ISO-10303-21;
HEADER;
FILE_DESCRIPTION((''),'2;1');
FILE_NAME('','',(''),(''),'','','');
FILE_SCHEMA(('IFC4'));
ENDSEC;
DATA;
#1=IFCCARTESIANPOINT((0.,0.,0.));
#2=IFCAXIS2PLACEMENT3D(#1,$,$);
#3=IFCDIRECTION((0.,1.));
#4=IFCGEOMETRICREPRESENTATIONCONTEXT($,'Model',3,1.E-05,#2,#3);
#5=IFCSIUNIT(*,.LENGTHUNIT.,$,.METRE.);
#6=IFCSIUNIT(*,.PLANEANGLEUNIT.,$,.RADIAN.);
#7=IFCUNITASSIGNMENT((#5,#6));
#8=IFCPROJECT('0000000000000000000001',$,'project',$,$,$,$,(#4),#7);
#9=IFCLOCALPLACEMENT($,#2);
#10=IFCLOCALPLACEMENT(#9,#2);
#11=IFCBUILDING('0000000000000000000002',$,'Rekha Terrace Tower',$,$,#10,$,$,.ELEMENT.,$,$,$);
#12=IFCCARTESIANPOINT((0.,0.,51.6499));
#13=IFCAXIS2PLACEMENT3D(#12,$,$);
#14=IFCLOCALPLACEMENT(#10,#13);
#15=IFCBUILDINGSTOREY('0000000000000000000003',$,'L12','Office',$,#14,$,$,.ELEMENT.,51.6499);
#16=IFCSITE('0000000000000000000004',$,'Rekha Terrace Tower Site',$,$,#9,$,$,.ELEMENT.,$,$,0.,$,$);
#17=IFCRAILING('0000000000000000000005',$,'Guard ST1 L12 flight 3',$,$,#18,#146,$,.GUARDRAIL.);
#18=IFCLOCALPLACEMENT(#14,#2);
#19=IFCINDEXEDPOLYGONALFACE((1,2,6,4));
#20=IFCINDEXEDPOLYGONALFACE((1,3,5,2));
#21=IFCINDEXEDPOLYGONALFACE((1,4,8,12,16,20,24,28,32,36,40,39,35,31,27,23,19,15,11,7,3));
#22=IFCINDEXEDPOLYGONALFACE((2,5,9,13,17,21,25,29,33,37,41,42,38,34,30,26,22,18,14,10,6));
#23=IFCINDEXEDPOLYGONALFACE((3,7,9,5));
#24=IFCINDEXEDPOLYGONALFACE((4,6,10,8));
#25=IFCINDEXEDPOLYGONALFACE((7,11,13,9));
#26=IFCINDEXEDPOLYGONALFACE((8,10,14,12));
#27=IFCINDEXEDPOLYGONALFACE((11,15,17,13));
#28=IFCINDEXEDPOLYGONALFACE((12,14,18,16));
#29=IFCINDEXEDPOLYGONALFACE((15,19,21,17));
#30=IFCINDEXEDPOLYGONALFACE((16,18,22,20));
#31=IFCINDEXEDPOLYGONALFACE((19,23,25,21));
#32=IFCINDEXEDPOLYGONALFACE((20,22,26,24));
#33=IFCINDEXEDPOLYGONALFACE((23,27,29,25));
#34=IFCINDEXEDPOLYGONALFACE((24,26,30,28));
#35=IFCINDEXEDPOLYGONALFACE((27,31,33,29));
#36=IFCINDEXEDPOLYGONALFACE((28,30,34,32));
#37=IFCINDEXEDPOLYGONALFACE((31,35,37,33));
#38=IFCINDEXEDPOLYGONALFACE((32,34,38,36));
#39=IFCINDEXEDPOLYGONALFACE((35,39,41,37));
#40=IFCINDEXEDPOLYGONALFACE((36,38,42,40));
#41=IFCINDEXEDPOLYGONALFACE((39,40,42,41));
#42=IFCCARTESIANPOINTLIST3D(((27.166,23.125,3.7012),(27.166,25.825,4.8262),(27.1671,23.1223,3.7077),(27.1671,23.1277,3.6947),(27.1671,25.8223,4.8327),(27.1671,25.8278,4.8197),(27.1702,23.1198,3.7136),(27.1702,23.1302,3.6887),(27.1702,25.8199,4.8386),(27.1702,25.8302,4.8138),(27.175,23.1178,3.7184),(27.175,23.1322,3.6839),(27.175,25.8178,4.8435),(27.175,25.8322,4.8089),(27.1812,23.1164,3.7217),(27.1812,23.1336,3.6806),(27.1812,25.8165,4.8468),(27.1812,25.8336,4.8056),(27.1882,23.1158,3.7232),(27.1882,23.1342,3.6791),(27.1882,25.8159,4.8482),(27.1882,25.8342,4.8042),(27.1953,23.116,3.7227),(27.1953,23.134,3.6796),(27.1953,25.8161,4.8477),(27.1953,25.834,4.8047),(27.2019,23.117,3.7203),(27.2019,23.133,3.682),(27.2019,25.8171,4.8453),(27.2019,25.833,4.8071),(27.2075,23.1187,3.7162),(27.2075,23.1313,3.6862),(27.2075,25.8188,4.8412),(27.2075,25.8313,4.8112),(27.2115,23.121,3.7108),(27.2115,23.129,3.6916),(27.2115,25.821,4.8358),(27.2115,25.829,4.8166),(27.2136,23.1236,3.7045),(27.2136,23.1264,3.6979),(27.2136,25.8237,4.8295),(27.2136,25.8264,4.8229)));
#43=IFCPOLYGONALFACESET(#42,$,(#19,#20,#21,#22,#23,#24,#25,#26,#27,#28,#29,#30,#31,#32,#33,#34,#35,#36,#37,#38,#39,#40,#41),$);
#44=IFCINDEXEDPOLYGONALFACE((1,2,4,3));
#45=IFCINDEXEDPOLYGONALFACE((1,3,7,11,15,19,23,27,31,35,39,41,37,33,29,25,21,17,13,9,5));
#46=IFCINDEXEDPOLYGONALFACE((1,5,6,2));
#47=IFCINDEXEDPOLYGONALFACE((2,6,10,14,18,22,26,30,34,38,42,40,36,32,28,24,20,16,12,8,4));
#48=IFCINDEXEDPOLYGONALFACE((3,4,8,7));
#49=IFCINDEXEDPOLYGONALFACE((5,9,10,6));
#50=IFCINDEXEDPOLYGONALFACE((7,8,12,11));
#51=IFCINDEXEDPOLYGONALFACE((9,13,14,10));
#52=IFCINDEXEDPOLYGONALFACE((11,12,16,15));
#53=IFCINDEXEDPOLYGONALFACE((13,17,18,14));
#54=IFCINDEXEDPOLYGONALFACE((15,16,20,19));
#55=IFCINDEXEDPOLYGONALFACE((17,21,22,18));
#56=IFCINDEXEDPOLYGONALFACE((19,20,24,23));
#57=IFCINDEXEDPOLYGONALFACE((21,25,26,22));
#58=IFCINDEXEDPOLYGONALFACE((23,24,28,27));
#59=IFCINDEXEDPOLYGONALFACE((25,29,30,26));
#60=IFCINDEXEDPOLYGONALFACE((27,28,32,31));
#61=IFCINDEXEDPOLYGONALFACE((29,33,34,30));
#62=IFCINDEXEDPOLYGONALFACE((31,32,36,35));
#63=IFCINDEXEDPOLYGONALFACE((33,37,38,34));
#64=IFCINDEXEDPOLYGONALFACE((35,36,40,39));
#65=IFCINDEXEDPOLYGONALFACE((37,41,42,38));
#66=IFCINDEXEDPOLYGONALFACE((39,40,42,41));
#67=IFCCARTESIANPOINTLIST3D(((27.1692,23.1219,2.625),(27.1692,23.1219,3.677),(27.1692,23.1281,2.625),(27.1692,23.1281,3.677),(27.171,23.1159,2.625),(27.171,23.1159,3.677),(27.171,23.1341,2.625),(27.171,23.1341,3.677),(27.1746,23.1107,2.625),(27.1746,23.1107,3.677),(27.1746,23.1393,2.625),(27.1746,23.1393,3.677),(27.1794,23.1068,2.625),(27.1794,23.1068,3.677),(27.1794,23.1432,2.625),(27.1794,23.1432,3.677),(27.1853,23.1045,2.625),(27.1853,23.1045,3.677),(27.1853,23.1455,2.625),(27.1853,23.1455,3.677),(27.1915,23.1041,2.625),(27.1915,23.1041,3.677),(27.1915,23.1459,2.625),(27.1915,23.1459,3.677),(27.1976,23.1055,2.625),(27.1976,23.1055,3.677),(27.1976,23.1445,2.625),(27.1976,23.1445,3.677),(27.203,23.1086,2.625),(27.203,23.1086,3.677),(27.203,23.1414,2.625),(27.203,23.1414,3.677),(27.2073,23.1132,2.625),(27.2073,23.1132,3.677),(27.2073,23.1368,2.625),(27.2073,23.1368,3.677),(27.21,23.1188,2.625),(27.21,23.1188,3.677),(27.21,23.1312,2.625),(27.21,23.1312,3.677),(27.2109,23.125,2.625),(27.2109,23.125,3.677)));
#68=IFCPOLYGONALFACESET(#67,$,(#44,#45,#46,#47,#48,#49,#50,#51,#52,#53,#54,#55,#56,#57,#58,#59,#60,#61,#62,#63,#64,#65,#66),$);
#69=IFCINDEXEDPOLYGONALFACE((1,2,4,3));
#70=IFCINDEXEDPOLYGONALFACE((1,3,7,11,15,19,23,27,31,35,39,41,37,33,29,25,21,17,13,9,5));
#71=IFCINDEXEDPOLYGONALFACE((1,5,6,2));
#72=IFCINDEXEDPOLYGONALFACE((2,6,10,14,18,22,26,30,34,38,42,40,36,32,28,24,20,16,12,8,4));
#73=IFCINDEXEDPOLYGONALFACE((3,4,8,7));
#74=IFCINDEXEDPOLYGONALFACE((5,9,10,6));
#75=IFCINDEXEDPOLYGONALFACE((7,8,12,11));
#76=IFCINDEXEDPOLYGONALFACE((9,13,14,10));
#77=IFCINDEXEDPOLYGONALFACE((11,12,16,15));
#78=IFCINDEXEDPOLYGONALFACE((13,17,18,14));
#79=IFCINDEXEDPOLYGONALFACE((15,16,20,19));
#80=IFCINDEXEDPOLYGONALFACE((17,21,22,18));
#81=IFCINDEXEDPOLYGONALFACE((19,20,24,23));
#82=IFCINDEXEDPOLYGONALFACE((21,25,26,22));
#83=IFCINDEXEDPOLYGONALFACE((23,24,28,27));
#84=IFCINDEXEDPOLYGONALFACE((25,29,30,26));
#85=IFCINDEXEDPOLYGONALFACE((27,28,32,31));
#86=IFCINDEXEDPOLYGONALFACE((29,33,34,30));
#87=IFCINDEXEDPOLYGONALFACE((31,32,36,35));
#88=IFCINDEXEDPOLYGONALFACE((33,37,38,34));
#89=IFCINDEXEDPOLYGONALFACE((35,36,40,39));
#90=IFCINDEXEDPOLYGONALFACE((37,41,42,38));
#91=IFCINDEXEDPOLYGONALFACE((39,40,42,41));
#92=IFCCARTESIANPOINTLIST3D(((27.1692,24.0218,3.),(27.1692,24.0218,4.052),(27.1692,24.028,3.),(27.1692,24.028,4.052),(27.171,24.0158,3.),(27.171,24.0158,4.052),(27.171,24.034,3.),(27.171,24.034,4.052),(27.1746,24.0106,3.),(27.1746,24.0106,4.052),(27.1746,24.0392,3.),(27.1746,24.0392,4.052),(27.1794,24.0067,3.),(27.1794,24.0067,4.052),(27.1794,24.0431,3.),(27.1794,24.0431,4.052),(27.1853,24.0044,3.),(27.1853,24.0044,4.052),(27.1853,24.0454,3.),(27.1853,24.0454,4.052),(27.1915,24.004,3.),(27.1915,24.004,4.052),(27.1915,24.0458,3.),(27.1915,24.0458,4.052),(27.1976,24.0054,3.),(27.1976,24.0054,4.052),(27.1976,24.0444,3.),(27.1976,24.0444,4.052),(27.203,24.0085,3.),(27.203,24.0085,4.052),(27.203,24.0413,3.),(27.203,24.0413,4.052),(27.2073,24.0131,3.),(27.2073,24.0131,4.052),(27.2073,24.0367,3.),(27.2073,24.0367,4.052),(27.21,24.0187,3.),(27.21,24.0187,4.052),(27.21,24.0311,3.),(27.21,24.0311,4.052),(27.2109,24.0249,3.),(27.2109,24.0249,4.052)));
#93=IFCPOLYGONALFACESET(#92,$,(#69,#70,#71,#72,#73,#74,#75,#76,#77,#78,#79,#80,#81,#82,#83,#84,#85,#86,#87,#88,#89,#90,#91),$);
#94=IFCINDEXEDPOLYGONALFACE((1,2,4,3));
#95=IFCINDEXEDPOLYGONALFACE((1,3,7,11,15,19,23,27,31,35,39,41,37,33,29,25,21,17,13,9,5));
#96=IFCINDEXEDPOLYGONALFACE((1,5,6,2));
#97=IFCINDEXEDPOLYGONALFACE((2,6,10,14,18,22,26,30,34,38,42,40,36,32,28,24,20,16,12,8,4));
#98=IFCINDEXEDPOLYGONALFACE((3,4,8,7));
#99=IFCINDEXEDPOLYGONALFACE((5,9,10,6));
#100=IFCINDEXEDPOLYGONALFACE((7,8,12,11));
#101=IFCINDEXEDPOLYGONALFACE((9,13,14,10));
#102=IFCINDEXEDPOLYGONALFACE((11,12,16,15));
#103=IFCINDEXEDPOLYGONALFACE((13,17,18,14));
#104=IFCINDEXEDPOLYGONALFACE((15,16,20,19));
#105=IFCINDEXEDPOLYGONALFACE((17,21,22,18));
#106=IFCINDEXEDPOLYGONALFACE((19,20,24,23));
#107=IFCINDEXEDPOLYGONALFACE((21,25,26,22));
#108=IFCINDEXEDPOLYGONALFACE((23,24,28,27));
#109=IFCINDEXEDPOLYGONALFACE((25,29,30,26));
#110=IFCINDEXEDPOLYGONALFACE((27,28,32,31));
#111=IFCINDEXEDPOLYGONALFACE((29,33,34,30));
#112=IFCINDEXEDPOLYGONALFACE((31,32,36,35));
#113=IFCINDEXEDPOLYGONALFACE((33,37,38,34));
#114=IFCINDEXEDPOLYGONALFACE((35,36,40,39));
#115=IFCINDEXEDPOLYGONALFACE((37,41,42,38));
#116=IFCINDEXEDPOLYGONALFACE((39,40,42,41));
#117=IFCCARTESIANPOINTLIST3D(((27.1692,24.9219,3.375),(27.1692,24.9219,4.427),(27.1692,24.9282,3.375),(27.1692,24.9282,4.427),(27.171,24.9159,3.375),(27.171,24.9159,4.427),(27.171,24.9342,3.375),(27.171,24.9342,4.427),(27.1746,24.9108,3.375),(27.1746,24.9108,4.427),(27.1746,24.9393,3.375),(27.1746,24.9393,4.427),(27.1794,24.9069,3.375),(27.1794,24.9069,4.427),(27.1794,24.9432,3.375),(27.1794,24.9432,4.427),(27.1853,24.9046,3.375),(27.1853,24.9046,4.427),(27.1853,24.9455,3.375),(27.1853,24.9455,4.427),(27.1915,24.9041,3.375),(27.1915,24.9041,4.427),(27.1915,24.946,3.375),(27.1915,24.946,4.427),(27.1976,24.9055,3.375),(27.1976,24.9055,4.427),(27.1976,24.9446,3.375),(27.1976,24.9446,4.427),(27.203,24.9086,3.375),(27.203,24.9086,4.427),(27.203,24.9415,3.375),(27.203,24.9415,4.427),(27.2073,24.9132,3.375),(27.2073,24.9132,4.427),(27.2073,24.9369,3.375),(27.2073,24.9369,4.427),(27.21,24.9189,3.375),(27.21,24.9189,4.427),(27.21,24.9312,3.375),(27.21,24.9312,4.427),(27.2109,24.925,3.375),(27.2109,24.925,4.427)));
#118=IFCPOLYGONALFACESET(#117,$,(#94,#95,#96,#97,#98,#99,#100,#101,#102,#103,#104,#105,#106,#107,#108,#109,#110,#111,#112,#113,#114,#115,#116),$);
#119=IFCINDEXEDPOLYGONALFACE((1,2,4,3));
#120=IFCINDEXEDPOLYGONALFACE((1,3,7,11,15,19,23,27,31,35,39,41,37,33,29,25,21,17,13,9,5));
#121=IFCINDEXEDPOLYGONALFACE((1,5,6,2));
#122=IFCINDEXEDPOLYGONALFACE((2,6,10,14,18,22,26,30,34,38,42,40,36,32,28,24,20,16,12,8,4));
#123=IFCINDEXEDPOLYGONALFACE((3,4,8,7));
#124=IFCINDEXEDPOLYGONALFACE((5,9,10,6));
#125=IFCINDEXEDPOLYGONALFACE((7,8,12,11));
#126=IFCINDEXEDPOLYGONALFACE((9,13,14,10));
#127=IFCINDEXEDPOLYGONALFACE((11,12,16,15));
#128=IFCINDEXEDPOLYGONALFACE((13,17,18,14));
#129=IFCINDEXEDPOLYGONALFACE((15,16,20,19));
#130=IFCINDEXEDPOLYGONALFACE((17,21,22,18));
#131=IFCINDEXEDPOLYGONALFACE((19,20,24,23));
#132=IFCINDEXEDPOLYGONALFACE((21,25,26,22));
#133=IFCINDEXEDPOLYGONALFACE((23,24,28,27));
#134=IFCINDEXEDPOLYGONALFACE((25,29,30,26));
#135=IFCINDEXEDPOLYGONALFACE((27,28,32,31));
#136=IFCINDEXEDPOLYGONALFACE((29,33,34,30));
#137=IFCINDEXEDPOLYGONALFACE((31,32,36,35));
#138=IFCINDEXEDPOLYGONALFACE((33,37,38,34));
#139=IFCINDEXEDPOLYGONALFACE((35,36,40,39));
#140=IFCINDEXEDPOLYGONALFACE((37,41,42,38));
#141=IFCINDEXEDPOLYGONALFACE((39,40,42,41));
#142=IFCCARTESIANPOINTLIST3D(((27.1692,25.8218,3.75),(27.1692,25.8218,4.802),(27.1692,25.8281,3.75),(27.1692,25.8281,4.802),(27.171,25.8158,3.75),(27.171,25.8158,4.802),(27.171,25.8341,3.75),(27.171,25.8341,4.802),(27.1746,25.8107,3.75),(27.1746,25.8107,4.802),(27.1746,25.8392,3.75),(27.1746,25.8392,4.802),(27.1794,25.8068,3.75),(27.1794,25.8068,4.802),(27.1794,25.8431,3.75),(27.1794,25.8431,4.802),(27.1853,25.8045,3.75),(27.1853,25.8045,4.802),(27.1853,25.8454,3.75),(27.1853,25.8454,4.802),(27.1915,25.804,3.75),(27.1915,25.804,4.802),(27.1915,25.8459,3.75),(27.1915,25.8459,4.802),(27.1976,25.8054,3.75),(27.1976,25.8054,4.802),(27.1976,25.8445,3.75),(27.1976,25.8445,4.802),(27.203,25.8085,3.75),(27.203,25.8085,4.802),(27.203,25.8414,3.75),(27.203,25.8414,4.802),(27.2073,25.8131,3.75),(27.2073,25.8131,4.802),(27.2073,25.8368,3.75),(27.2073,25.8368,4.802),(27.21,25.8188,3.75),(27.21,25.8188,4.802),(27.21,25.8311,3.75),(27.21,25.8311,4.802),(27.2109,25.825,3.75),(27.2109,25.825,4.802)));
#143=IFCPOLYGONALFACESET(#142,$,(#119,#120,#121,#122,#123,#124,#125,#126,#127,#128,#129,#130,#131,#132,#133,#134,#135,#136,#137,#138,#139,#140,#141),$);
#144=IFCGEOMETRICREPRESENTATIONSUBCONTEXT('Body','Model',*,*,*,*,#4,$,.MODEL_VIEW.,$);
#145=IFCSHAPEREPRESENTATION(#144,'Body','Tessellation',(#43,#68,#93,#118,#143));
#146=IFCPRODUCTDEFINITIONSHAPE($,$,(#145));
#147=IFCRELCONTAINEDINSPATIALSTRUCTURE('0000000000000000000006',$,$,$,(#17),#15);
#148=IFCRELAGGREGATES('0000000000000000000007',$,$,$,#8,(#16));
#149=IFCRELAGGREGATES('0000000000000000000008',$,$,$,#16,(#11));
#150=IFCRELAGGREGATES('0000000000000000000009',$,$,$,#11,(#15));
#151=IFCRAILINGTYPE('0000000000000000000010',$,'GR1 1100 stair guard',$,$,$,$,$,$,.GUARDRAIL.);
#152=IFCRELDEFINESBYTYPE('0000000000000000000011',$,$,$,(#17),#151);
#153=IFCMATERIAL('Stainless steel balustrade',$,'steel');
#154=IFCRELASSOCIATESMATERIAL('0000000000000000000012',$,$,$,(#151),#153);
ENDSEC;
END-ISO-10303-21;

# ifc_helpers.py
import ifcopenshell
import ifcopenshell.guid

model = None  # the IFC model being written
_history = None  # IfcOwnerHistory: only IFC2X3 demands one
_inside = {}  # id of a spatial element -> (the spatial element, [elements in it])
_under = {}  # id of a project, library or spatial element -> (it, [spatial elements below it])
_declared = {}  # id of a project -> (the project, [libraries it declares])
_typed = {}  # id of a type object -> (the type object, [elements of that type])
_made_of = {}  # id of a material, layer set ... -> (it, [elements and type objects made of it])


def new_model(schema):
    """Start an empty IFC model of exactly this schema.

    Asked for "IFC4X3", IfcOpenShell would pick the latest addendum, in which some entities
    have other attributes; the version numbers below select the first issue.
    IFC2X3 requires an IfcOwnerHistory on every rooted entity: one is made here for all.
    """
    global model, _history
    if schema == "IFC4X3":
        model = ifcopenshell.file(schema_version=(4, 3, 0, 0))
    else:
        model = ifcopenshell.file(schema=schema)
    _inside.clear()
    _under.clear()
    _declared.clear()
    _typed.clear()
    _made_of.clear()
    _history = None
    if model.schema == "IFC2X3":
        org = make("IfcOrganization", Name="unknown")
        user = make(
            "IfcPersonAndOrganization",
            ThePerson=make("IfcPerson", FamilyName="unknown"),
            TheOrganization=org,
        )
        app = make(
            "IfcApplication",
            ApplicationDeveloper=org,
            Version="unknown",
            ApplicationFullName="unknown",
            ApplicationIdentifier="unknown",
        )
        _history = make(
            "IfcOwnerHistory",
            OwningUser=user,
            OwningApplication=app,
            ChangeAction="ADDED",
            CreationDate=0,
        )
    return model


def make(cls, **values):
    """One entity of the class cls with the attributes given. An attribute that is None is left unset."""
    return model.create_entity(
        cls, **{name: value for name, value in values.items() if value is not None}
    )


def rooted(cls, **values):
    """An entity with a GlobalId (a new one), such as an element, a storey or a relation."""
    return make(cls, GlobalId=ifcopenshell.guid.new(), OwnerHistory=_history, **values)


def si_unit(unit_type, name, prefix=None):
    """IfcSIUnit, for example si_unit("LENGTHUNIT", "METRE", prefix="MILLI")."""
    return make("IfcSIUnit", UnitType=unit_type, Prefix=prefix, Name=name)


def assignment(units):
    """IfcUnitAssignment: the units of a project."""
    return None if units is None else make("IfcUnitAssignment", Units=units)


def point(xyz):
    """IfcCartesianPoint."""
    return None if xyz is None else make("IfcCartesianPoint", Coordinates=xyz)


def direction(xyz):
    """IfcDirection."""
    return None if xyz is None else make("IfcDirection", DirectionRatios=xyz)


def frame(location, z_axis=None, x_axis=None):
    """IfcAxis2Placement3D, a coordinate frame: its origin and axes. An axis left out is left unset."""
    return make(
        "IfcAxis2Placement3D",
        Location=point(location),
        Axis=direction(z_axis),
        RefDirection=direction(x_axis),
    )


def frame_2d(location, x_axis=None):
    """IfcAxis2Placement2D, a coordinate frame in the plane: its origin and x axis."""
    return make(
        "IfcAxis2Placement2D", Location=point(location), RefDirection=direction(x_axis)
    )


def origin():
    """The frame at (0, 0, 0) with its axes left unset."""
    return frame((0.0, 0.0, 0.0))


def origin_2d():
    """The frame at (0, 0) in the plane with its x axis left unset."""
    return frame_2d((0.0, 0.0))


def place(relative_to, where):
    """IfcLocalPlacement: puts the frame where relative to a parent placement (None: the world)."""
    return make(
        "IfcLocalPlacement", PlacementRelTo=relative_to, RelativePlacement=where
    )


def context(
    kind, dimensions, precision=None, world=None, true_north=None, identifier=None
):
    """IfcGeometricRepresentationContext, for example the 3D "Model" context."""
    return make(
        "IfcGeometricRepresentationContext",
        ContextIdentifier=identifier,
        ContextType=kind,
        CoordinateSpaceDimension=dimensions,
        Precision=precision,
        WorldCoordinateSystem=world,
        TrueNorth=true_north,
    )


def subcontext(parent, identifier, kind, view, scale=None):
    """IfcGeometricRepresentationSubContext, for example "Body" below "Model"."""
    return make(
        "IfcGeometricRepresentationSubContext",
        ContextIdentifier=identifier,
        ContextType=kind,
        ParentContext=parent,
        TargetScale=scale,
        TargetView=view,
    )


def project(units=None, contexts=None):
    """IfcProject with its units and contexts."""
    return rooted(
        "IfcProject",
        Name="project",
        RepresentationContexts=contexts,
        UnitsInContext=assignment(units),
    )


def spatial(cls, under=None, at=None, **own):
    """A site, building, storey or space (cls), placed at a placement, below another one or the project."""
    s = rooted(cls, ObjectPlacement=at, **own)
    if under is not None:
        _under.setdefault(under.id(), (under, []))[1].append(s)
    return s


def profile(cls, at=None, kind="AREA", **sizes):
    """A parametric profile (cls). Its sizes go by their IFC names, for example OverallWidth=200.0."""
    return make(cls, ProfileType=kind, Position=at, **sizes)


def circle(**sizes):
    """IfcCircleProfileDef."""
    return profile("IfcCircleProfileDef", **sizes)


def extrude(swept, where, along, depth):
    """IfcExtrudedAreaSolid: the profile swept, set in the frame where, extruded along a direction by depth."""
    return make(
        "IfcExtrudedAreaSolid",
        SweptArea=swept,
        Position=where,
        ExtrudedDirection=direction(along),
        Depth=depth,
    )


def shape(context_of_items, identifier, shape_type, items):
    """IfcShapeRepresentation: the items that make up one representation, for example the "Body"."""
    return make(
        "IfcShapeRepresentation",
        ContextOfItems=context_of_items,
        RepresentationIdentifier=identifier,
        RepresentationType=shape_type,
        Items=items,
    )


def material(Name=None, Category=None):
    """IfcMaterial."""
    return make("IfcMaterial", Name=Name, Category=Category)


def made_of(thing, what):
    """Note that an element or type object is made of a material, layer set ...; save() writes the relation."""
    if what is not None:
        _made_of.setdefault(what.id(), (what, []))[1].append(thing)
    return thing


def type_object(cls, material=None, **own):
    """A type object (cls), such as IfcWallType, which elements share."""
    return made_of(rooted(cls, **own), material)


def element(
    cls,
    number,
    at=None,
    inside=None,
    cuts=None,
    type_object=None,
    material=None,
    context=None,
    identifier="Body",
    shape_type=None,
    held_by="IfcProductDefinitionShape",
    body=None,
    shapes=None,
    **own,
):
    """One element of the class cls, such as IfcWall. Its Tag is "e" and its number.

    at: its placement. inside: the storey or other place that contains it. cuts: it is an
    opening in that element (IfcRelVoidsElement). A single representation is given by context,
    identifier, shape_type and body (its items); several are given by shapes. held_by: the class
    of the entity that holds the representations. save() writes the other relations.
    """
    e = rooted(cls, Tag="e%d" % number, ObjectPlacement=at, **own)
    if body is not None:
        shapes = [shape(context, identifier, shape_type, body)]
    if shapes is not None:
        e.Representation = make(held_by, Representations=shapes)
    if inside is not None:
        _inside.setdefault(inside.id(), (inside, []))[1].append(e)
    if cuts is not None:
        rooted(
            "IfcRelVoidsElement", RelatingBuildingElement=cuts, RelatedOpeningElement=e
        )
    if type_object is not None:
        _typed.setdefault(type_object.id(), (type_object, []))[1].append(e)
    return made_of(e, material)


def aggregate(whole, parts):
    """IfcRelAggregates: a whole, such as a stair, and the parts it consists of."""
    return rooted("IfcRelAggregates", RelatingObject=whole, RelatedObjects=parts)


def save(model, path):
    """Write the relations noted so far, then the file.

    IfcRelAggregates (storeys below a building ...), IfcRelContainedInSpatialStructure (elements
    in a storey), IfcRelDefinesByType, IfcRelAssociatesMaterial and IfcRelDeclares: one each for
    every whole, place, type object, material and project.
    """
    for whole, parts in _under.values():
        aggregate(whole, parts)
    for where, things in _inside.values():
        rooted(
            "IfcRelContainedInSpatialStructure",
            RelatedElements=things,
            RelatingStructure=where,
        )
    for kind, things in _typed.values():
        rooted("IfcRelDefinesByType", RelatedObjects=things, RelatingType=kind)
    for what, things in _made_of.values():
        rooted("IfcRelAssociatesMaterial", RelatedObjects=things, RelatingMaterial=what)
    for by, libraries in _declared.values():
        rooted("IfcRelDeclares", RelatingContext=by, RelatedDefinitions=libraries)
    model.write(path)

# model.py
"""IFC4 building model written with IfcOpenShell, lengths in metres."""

from ifc_helpers import new_model, si_unit, direction, frame, origin, origin_2d, place, context, subcontext, project, spatial, circle, extrude, material, type_object, element, save


model = new_model("IFC4")

# Units and contexts
model_context = context("Model", 3, precision=1e-05, world=origin(), true_north=direction((0.0, 1.0)))
body_context = subcontext(model_context, "Body", "Model", "MODEL_VIEW")
ifc_project = project(units=[si_unit("LENGTHUNIT", "METRE"), si_unit("PLANEANGLEUNIT", "RADIAN")], contexts=[model_context])

# Site, building, storey
site_placement = place(None, origin())
site = spatial("IfcSite", under=ifc_project, at=site_placement, Name="Rekha Terrace Tower Site", CompositionType="ELEMENT", RefElevation=0.0)
building_placement = place(site_placement, origin())
building = spatial("IfcBuilding", under=site, at=building_placement, Name="Rekha Terrace Tower", CompositionType="ELEMENT")
storey_placement = place(building_placement, frame((0.0, 0.0, 51.6499)))
storey = spatial("IfcBuildingStorey", under=building, at=storey_placement, Name="L12", Description="Office", CompositionType="ELEMENT", Elevation=51.6499)

# Railing
ifc_material_1 = material(Name="Stainless steel balustrade", Category="steel")
railing_type_1 = type_object("IfcRailingType", Name="GR1 1100 stair guard", PredefinedType="GUARDRAIL", material=ifc_material_1)
railing_1_placement = place(storey_placement, frame((27.1899, 23.125, 2.625)))
element("IfcRailing", 1, at=railing_1_placement, inside=storey, type_object=railing_type_1, Name="Guard ST1 L12 flight 3", PredefinedType="GUARDRAIL", context=body_context, shape_type="SweptSolid", body=[
    extrude(circle(Radius=0.0239, at=origin_2d()), frame((0.0, 0.0, 1.0762), z_axis=(0.0, 0.923074, 0.384621), x_axis=(-1.0, 0.0, 0.0)), (0.0, 0.0, 1.0), 2.925),
    extrude(circle(Radius=0.021, at=origin_2d()), origin(), (0.0, 0.0, 1.0), 1.052),
    extrude(circle(Radius=0.021, at=origin_2d()), frame((0.0, 0.8999, 0.375)), (0.0, 0.0, 1.0), 1.052),
    extrude(circle(Radius=0.021, at=origin_2d()), frame((0.0, 1.8, 0.75)), (0.0, 0.0, 1.0), 1.052),
    extrude(circle(Radius=0.021, at=origin_2d()), frame((0.0, 2.7, 1.125)), (0.0, 0.0, 1.0), 1.052),
])

save(model, "model.ifc")
